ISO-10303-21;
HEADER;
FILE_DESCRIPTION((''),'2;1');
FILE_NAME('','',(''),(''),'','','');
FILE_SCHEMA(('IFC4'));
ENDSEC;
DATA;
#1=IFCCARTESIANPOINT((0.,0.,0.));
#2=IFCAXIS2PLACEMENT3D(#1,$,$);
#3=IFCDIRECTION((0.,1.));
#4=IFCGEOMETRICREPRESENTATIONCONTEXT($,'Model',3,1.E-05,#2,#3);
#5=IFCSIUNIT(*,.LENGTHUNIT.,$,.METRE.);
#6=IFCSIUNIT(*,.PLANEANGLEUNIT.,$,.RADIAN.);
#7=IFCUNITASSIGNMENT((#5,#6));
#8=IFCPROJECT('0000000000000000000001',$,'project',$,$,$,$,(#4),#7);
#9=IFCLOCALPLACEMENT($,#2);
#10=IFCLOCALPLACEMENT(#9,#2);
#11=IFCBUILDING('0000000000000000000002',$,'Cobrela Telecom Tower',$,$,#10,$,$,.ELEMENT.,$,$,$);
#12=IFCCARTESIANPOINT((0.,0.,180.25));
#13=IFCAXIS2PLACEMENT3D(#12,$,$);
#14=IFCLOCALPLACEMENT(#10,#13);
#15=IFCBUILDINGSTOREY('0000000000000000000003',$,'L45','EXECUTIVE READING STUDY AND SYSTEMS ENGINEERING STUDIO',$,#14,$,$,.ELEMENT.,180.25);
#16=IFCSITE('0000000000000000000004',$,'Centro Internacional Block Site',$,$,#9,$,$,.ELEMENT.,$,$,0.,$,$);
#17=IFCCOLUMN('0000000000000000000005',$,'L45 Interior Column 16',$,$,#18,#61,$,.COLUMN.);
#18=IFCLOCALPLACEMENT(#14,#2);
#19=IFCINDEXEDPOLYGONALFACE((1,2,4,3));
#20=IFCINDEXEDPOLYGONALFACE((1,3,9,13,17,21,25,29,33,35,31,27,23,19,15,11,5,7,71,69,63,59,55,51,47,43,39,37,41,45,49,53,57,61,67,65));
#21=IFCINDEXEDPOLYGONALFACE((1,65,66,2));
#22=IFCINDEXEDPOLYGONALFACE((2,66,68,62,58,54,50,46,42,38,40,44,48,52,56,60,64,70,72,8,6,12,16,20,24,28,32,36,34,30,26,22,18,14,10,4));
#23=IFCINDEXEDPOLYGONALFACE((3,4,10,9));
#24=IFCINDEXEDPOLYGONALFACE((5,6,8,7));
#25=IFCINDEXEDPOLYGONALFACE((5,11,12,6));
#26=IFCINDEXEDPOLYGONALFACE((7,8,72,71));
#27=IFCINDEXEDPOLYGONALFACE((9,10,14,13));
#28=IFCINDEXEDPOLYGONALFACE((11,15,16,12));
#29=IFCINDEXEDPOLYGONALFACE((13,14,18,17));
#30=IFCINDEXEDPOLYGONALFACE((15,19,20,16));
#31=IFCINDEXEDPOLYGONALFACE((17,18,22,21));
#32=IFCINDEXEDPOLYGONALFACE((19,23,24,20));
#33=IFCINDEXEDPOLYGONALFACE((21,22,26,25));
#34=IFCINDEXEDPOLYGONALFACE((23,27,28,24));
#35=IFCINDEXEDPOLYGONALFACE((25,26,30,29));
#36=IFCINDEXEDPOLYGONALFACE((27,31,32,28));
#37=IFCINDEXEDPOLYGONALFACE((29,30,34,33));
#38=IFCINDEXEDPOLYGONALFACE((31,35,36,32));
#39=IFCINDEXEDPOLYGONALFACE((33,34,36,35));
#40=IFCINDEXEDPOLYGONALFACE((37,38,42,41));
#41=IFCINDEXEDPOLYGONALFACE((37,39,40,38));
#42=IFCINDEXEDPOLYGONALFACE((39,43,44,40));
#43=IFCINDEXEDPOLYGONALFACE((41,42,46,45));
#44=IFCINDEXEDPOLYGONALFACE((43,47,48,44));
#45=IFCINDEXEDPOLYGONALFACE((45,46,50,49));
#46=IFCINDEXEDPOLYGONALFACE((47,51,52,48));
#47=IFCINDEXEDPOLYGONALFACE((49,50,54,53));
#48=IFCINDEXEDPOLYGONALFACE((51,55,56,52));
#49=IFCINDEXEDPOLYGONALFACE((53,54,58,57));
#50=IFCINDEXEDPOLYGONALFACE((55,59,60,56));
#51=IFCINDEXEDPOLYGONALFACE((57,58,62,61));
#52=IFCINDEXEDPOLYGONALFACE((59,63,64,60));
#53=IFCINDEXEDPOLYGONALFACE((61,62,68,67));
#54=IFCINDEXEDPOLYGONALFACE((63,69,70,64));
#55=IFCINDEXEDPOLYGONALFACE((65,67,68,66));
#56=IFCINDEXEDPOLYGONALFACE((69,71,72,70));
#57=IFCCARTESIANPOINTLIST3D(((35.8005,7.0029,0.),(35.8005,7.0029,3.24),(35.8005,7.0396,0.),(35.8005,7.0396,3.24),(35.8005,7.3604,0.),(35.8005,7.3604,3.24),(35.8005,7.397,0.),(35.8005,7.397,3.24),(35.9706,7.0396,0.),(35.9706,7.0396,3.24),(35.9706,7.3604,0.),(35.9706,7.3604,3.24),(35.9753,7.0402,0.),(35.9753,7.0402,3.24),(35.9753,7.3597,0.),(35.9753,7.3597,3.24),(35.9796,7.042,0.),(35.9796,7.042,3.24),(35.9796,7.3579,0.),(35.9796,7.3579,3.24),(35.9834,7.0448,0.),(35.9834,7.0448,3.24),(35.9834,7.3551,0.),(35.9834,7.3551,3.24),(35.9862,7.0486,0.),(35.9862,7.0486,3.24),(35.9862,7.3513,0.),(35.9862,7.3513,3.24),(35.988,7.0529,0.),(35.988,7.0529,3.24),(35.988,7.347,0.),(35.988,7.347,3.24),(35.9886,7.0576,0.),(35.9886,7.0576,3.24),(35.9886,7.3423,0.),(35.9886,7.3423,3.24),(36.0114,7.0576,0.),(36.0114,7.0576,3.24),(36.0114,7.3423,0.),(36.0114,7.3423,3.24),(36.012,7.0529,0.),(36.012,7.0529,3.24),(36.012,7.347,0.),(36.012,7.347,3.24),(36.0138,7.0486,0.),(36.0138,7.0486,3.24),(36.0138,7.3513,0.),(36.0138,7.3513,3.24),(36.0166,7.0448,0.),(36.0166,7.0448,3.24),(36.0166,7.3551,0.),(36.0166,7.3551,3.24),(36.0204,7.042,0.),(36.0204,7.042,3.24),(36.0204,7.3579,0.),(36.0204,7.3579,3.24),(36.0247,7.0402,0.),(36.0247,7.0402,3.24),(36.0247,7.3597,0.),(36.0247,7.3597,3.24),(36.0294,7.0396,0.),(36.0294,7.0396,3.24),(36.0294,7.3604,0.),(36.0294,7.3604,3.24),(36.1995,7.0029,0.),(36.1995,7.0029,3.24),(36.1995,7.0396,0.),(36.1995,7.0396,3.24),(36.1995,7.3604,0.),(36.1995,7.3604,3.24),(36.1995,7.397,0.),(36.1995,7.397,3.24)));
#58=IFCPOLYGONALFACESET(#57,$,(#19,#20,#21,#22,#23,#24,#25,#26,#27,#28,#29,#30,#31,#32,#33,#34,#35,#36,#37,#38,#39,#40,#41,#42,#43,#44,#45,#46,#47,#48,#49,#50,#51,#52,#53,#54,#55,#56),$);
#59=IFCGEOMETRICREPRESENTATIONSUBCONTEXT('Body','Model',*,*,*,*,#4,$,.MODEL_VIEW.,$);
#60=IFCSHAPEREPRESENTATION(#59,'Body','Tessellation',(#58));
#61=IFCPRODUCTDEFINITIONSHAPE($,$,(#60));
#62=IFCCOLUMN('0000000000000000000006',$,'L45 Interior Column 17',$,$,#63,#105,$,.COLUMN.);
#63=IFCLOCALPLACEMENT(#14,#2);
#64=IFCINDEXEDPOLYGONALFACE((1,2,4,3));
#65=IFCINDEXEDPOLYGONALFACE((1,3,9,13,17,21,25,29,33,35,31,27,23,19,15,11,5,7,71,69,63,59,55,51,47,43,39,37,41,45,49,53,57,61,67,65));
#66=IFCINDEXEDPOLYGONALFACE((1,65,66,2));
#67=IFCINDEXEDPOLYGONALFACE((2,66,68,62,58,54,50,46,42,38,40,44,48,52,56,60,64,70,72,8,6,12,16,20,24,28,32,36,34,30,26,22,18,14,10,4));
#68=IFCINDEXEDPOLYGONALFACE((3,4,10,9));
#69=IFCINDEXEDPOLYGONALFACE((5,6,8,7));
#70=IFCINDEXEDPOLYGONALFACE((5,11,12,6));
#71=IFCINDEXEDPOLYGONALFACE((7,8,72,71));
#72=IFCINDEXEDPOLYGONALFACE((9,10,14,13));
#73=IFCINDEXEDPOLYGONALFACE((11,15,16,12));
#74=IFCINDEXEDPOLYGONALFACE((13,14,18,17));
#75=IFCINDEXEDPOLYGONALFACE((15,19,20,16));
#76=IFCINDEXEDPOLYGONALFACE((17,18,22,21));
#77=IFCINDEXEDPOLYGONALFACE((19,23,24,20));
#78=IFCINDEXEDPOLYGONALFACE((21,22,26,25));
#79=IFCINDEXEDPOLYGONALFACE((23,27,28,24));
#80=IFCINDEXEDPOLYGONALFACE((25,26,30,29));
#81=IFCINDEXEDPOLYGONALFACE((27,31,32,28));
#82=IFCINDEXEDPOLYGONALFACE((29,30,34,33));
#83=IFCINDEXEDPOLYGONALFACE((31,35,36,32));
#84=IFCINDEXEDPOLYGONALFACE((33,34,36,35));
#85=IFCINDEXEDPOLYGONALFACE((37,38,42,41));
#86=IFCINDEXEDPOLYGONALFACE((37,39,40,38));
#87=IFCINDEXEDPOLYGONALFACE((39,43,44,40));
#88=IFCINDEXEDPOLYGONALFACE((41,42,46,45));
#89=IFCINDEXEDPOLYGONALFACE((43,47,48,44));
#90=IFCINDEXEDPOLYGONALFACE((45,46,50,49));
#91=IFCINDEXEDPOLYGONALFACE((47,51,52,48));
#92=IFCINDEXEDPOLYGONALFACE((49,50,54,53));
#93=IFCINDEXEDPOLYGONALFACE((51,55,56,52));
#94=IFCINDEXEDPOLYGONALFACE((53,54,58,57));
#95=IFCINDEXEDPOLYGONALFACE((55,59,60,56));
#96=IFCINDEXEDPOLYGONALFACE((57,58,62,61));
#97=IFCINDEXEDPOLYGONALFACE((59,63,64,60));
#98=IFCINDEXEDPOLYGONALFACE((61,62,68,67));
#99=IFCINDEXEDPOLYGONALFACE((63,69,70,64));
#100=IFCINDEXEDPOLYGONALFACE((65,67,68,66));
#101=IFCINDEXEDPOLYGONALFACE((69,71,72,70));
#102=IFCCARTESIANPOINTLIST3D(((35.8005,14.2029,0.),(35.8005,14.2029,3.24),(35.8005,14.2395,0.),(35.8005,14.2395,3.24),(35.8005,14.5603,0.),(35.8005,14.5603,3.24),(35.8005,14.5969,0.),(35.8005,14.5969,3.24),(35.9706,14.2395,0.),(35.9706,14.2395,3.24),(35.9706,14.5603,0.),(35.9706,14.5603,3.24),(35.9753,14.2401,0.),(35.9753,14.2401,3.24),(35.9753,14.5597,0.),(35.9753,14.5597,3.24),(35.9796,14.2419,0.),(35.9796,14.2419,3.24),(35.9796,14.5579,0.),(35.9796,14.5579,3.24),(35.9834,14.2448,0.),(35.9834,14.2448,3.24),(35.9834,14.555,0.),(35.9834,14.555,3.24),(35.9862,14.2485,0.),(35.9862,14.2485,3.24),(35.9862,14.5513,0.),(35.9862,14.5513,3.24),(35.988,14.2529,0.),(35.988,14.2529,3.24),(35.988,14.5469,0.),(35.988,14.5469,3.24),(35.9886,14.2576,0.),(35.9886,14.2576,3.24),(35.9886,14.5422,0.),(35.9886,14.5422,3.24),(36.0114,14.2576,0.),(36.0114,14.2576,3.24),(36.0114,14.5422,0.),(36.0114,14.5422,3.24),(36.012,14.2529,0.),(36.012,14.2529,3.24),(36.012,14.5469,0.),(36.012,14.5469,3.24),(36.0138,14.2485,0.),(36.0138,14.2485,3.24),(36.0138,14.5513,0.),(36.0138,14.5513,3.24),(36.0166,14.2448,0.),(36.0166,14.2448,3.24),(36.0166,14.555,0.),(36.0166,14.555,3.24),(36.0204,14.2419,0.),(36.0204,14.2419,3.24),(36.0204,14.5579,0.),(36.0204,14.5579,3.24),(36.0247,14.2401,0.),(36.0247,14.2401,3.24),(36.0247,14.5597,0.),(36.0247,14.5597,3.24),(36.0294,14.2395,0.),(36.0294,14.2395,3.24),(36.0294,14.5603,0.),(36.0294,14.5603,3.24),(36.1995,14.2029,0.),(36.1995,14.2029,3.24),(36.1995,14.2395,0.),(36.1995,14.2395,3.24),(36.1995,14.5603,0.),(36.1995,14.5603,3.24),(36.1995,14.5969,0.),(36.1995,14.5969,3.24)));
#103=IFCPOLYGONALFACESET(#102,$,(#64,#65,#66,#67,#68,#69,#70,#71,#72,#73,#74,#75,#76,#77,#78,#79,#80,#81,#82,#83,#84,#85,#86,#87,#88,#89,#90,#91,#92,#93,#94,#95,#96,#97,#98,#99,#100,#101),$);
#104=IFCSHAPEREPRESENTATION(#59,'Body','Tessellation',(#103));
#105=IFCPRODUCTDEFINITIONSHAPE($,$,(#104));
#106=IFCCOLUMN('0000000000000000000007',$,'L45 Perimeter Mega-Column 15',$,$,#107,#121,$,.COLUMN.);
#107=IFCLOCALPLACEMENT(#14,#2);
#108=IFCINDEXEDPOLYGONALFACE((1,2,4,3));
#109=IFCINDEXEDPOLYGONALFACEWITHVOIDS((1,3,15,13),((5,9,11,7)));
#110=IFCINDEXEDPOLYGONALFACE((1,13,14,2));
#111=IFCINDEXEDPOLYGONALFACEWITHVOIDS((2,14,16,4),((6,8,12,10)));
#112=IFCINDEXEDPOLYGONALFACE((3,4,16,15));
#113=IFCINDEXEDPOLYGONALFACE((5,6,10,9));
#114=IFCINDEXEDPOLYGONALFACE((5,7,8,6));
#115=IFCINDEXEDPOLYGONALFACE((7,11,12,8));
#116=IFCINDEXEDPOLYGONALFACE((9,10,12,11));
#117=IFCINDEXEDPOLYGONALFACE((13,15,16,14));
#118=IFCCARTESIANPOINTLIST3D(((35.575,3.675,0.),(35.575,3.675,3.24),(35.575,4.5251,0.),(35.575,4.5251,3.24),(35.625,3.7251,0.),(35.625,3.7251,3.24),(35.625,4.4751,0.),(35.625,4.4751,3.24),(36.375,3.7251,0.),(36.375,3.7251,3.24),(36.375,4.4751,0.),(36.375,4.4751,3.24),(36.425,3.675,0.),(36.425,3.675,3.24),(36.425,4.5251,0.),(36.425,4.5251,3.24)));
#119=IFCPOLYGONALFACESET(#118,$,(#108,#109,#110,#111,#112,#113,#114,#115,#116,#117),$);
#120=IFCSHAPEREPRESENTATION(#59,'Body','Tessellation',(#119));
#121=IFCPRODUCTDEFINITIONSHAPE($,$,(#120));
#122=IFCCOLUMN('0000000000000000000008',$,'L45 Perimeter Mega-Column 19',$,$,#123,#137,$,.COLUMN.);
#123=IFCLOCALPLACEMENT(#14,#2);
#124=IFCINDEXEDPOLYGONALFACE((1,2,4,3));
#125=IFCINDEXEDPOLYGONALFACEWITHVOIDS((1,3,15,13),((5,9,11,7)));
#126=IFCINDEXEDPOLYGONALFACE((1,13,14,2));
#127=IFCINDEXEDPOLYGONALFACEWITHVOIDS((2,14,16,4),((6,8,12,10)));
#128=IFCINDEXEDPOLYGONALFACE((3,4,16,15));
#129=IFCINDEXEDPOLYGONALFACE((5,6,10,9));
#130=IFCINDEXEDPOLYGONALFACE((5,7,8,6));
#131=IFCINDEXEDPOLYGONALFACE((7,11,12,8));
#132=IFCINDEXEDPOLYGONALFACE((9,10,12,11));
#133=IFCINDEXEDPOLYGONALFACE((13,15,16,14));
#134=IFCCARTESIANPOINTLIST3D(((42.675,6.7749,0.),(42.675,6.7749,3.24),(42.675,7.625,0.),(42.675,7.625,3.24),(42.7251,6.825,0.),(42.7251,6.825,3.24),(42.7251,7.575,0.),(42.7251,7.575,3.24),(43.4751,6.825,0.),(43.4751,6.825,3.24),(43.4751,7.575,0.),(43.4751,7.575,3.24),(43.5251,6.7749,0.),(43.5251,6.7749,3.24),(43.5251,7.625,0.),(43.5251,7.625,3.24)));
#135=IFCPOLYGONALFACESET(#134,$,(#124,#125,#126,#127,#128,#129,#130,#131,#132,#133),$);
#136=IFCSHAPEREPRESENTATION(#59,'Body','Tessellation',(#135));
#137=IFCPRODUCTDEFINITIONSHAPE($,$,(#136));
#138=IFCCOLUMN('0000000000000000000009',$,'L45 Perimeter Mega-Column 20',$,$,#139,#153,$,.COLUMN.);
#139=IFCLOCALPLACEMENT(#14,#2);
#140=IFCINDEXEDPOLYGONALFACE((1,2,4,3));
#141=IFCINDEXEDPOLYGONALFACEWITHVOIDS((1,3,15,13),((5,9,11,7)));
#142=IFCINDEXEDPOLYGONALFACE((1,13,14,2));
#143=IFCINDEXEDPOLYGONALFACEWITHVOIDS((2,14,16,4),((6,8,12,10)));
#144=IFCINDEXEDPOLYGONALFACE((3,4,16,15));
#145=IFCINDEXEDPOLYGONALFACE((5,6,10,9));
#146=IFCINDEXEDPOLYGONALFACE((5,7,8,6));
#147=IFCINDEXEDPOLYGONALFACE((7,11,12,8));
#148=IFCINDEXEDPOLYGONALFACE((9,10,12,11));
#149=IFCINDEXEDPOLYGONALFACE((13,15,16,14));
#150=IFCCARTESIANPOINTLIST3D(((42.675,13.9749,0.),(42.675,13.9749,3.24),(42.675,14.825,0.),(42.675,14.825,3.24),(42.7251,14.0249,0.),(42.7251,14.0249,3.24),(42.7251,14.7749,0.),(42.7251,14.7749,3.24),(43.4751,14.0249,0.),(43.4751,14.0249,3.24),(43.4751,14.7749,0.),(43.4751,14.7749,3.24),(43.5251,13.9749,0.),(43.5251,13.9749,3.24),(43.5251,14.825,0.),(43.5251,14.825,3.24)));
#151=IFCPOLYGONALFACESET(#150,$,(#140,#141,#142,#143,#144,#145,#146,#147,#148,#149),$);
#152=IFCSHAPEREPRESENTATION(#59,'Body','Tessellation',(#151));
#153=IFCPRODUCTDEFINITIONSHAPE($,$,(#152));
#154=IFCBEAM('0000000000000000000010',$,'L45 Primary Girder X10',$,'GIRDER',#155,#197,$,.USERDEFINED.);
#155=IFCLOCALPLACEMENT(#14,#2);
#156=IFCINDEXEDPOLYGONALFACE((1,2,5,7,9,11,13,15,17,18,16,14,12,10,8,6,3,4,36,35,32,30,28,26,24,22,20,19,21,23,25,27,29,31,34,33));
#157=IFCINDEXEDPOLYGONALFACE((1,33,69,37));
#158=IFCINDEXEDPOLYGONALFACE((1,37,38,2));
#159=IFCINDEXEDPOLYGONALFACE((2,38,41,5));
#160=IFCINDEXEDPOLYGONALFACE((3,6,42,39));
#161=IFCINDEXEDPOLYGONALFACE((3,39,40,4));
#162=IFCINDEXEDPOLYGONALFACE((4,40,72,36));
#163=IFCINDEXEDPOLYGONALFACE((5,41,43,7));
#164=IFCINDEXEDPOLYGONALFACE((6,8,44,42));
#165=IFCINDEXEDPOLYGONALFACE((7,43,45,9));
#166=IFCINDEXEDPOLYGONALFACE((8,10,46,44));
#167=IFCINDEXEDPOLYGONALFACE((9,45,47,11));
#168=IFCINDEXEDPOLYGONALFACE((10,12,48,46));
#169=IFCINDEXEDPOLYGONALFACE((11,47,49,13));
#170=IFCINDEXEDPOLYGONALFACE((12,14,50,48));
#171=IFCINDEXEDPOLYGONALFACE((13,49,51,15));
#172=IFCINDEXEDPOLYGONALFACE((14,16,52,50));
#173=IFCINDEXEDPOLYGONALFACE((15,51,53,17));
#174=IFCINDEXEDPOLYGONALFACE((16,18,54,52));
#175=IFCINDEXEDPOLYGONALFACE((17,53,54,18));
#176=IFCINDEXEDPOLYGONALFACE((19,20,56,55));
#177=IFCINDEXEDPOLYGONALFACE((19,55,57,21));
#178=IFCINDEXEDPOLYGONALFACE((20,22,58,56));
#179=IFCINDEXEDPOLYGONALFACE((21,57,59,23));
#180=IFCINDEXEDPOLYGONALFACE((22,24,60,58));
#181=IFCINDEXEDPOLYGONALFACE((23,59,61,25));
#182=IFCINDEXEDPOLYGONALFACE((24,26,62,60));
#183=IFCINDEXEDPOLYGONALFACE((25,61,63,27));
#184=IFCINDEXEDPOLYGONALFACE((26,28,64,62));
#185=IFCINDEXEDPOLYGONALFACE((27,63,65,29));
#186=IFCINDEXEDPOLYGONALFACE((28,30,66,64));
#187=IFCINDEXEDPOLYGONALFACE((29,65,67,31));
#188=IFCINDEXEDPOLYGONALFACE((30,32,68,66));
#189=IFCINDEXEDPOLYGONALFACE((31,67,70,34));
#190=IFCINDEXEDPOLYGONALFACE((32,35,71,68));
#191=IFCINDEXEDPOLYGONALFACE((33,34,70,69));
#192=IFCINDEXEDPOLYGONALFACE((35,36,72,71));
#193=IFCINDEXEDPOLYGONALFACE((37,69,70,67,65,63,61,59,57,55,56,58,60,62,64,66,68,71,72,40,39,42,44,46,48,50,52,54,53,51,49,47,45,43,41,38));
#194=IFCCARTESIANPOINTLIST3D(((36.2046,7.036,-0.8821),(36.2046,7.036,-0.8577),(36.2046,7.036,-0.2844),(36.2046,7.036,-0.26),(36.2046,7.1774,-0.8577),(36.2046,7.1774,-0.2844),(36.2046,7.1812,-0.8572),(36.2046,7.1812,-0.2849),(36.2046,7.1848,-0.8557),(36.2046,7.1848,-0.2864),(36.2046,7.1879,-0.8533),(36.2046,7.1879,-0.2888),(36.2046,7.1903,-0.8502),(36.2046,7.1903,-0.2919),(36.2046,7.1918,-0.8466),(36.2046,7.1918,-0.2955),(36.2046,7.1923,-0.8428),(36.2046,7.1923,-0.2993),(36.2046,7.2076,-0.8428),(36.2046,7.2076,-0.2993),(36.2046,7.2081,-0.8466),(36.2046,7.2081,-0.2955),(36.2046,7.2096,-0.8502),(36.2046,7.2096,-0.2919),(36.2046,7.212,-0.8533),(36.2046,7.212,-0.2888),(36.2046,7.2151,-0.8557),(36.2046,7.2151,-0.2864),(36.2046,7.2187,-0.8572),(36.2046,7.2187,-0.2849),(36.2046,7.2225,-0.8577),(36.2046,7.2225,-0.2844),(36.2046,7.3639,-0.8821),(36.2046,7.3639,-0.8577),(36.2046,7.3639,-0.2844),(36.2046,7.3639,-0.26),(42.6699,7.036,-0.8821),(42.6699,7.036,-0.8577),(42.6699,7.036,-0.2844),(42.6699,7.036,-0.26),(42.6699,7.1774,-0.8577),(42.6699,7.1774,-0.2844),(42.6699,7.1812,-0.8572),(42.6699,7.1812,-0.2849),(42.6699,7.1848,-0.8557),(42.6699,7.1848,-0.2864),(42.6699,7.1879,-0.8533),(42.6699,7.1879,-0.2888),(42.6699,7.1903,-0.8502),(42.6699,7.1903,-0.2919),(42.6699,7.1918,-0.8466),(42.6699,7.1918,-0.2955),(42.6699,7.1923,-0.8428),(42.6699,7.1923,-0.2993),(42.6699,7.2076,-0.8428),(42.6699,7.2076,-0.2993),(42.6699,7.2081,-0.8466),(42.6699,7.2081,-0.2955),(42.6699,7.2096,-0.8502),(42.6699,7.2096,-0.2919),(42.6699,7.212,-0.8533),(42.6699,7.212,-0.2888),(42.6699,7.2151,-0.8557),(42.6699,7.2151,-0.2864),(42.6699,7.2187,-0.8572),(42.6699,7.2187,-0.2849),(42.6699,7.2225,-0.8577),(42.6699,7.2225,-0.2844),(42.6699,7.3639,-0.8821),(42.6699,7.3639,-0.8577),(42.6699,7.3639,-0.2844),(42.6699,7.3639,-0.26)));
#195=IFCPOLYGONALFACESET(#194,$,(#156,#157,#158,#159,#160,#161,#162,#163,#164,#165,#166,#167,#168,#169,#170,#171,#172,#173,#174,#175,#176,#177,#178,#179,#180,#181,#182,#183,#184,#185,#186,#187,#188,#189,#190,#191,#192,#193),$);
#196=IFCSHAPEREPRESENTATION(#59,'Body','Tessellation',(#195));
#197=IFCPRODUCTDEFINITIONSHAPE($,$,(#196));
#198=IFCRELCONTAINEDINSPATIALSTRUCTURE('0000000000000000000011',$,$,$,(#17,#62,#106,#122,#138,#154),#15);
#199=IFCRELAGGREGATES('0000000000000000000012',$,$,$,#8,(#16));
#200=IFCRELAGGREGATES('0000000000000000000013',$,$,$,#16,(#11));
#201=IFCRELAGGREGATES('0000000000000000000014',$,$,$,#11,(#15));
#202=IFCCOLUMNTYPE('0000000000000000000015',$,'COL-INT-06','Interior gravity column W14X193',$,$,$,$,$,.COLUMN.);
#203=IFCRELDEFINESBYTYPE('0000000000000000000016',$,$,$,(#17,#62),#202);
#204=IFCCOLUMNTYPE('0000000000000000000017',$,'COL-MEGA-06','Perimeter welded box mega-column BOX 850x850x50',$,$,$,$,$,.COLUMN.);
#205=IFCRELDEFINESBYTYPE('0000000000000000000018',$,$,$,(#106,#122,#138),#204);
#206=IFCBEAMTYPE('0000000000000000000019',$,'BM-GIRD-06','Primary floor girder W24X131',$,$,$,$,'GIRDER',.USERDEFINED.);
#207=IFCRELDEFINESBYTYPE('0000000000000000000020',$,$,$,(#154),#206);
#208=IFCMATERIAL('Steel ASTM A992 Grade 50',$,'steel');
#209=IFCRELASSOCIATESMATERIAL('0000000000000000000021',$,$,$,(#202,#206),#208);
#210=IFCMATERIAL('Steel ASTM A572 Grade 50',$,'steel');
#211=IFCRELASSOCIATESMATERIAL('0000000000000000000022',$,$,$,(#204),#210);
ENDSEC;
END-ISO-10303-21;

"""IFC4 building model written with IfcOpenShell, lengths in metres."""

from ifc_helpers import new_model, si_unit, direction, frame, origin, origin_2d, place, context, subcontext, project, spatial, hollow_rectangle, i_section, extrude, material, material_profile, profile_set, type_object, element, save


model = new_model("IFC4")

# Units and contexts
model_context = context("Model", 3, precision=1e-05, world=origin(), true_north=direction((0.0, 1.0)))
body_context = subcontext(model_context, "Body", "Model", "MODEL_VIEW")
ifc_project = project(units=[si_unit("LENGTHUNIT", "METRE"), si_unit("PLANEANGLEUNIT", "RADIAN")], contexts=[model_context])

# Site, building, storey
site_placement = place(None, origin())
site = spatial("IfcSite", under=ifc_project, at=site_placement, Name="Centro Internacional Block Site", CompositionType="ELEMENT", RefElevation=0.0)
building_placement = place(site_placement, origin())
building = spatial("IfcBuilding", under=site, at=building_placement, Name="Cobrela Telecom Tower", CompositionType="ELEMENT")
storey_placement = place(building_placement, frame((0.0, 0.0, 180.25)))
storey = spatial("IfcBuildingStorey", under=building, at=storey_placement, Name="L45", Description="EXECUTIVE READING STUDY AND SYSTEMS ENGINEERING STUDIO", CompositionType="ELEMENT", Elevation=180.25)

# Columns
ifc_material_1 = material(Name="Steel ASTM A992 Grade 50", Category="steel")
ifc_material_profile_1 = material_profile(ifc_material_1, i_section(OverallWidth=0.3989, OverallDepth=0.394, WebThickness=0.0227, FlangeThickness=0.0366, FilletRadius=0.0181, at=origin_2d()), Name="W14X193")
ifc_profile_set_1 = profile_set([ifc_material_profile_1], Name="Steel ASTM A992 Grade 50")
column_type_1 = type_object("IfcColumnType", Name="COL-INT-06", Description="Interior gravity column W14X193", PredefinedType="COLUMN", material=ifc_profile_set_1)
for number, where, z_axis, x_axis, name in (
    (1, (36.0, 7.2, 0.0), (0.0, 0.0, 1.0), (1.0, 0.0, 0.0), "L45 Interior Column 16"),
    (2, (36.0, 14.3999, 0.0), (0.0, 0.0, 1.0), (1.0, 0.0, 0.0), "L45 Interior Column 17"),
):
    element("IfcColumn", number, at=place(storey_placement, frame(where, z_axis=z_axis, x_axis=x_axis)), inside=storey, type_object=column_type_1, Name=name, PredefinedType="COLUMN", context=body_context, shape_type="SweptSolid", body=[
        extrude(i_section(OverallWidth=0.3989, OverallDepth=0.394, WebThickness=0.0227, FlangeThickness=0.0366, FilletRadius=0.0181, at=origin_2d()), origin(), (0.0, 0.0, 1.0), 3.24),
    ])
ifc_material_2 = material(Name="Steel ASTM A572 Grade 50", Category="steel")
ifc_material_profile_2 = material_profile(ifc_material_2, hollow_rectangle(XDim=0.8501, YDim=0.8501, WallThickness=0.05, at=origin_2d()), Name="BOX 850x850x50")
ifc_profile_set_2 = profile_set([ifc_material_profile_2], Name="Steel ASTM A572 Grade 50")
column_type_2 = type_object("IfcColumnType", Name="COL-MEGA-06", Description="Perimeter welded box mega-column BOX 850x850x50", PredefinedType="COLUMN", material=ifc_profile_set_2)
for number, where, z_axis, x_axis, name in (
    (3, (36.0, 4.1001, 0.0), (0.0, 0.0, 1.0), (1.0, 0.0, 0.0), "L45 Perimeter Mega-Column 15"),
    (4, (43.1001, 7.2, 0.0), (0.0, 0.0, 1.0), (1.0, 0.0, 0.0), "L45 Perimeter Mega-Column 19"),
    (5, (43.1001, 14.3999, 0.0), (0.0, 0.0, 1.0), (1.0, 0.0, 0.0), "L45 Perimeter Mega-Column 20"),
):
    element("IfcColumn", number, at=place(storey_placement, frame(where, z_axis=z_axis, x_axis=x_axis)), inside=storey, type_object=column_type_2, Name=name, PredefinedType="COLUMN", context=body_context, shape_type="SweptSolid", body=[
        extrude(hollow_rectangle(XDim=0.8501, YDim=0.8501, WallThickness=0.05, at=origin_2d()), origin(), (0.0, 0.0, 1.0), 3.24),
    ])

# Beam
ifc_material_profile_3 = material_profile(ifc_material_1, i_section(OverallWidth=0.3279, OverallDepth=0.6221, WebThickness=0.0154, FlangeThickness=0.0244, FilletRadius=0.0149, at=origin_2d()), Name="W24X131")
ifc_profile_set_3 = profile_set([ifc_material_profile_3], Name="Steel ASTM A992 Grade 50")
beam_type_1 = type_object("IfcBeamType", Name="BM-GIRD-06", Description="Primary floor girder W24X131", ElementType="GIRDER", PredefinedType="USERDEFINED", material=ifc_profile_set_3)
for number, where, z_axis, x_axis, name in (
    (6, (36.2046, 7.2, -0.571), (1.0, 0.0, 0.0), (0.0, 1.0, 0.0), "L45 Primary Girder X10"),
):
    element("IfcBeam", number, at=place(storey_placement, frame(where, z_axis=z_axis, x_axis=x_axis)), inside=storey, type_object=beam_type_1, Name=name, ObjectType="GIRDER", PredefinedType="USERDEFINED", context=body_context, shape_type="SweptSolid", body=[
        extrude(i_section(OverallWidth=0.3279, OverallDepth=0.6221, WebThickness=0.0154, FlangeThickness=0.0244, FilletRadius=0.0149, at=origin_2d()), origin(), (0.0, 0.0, 1.0), 6.4653),
    ])

save(model, "model.ifc")
